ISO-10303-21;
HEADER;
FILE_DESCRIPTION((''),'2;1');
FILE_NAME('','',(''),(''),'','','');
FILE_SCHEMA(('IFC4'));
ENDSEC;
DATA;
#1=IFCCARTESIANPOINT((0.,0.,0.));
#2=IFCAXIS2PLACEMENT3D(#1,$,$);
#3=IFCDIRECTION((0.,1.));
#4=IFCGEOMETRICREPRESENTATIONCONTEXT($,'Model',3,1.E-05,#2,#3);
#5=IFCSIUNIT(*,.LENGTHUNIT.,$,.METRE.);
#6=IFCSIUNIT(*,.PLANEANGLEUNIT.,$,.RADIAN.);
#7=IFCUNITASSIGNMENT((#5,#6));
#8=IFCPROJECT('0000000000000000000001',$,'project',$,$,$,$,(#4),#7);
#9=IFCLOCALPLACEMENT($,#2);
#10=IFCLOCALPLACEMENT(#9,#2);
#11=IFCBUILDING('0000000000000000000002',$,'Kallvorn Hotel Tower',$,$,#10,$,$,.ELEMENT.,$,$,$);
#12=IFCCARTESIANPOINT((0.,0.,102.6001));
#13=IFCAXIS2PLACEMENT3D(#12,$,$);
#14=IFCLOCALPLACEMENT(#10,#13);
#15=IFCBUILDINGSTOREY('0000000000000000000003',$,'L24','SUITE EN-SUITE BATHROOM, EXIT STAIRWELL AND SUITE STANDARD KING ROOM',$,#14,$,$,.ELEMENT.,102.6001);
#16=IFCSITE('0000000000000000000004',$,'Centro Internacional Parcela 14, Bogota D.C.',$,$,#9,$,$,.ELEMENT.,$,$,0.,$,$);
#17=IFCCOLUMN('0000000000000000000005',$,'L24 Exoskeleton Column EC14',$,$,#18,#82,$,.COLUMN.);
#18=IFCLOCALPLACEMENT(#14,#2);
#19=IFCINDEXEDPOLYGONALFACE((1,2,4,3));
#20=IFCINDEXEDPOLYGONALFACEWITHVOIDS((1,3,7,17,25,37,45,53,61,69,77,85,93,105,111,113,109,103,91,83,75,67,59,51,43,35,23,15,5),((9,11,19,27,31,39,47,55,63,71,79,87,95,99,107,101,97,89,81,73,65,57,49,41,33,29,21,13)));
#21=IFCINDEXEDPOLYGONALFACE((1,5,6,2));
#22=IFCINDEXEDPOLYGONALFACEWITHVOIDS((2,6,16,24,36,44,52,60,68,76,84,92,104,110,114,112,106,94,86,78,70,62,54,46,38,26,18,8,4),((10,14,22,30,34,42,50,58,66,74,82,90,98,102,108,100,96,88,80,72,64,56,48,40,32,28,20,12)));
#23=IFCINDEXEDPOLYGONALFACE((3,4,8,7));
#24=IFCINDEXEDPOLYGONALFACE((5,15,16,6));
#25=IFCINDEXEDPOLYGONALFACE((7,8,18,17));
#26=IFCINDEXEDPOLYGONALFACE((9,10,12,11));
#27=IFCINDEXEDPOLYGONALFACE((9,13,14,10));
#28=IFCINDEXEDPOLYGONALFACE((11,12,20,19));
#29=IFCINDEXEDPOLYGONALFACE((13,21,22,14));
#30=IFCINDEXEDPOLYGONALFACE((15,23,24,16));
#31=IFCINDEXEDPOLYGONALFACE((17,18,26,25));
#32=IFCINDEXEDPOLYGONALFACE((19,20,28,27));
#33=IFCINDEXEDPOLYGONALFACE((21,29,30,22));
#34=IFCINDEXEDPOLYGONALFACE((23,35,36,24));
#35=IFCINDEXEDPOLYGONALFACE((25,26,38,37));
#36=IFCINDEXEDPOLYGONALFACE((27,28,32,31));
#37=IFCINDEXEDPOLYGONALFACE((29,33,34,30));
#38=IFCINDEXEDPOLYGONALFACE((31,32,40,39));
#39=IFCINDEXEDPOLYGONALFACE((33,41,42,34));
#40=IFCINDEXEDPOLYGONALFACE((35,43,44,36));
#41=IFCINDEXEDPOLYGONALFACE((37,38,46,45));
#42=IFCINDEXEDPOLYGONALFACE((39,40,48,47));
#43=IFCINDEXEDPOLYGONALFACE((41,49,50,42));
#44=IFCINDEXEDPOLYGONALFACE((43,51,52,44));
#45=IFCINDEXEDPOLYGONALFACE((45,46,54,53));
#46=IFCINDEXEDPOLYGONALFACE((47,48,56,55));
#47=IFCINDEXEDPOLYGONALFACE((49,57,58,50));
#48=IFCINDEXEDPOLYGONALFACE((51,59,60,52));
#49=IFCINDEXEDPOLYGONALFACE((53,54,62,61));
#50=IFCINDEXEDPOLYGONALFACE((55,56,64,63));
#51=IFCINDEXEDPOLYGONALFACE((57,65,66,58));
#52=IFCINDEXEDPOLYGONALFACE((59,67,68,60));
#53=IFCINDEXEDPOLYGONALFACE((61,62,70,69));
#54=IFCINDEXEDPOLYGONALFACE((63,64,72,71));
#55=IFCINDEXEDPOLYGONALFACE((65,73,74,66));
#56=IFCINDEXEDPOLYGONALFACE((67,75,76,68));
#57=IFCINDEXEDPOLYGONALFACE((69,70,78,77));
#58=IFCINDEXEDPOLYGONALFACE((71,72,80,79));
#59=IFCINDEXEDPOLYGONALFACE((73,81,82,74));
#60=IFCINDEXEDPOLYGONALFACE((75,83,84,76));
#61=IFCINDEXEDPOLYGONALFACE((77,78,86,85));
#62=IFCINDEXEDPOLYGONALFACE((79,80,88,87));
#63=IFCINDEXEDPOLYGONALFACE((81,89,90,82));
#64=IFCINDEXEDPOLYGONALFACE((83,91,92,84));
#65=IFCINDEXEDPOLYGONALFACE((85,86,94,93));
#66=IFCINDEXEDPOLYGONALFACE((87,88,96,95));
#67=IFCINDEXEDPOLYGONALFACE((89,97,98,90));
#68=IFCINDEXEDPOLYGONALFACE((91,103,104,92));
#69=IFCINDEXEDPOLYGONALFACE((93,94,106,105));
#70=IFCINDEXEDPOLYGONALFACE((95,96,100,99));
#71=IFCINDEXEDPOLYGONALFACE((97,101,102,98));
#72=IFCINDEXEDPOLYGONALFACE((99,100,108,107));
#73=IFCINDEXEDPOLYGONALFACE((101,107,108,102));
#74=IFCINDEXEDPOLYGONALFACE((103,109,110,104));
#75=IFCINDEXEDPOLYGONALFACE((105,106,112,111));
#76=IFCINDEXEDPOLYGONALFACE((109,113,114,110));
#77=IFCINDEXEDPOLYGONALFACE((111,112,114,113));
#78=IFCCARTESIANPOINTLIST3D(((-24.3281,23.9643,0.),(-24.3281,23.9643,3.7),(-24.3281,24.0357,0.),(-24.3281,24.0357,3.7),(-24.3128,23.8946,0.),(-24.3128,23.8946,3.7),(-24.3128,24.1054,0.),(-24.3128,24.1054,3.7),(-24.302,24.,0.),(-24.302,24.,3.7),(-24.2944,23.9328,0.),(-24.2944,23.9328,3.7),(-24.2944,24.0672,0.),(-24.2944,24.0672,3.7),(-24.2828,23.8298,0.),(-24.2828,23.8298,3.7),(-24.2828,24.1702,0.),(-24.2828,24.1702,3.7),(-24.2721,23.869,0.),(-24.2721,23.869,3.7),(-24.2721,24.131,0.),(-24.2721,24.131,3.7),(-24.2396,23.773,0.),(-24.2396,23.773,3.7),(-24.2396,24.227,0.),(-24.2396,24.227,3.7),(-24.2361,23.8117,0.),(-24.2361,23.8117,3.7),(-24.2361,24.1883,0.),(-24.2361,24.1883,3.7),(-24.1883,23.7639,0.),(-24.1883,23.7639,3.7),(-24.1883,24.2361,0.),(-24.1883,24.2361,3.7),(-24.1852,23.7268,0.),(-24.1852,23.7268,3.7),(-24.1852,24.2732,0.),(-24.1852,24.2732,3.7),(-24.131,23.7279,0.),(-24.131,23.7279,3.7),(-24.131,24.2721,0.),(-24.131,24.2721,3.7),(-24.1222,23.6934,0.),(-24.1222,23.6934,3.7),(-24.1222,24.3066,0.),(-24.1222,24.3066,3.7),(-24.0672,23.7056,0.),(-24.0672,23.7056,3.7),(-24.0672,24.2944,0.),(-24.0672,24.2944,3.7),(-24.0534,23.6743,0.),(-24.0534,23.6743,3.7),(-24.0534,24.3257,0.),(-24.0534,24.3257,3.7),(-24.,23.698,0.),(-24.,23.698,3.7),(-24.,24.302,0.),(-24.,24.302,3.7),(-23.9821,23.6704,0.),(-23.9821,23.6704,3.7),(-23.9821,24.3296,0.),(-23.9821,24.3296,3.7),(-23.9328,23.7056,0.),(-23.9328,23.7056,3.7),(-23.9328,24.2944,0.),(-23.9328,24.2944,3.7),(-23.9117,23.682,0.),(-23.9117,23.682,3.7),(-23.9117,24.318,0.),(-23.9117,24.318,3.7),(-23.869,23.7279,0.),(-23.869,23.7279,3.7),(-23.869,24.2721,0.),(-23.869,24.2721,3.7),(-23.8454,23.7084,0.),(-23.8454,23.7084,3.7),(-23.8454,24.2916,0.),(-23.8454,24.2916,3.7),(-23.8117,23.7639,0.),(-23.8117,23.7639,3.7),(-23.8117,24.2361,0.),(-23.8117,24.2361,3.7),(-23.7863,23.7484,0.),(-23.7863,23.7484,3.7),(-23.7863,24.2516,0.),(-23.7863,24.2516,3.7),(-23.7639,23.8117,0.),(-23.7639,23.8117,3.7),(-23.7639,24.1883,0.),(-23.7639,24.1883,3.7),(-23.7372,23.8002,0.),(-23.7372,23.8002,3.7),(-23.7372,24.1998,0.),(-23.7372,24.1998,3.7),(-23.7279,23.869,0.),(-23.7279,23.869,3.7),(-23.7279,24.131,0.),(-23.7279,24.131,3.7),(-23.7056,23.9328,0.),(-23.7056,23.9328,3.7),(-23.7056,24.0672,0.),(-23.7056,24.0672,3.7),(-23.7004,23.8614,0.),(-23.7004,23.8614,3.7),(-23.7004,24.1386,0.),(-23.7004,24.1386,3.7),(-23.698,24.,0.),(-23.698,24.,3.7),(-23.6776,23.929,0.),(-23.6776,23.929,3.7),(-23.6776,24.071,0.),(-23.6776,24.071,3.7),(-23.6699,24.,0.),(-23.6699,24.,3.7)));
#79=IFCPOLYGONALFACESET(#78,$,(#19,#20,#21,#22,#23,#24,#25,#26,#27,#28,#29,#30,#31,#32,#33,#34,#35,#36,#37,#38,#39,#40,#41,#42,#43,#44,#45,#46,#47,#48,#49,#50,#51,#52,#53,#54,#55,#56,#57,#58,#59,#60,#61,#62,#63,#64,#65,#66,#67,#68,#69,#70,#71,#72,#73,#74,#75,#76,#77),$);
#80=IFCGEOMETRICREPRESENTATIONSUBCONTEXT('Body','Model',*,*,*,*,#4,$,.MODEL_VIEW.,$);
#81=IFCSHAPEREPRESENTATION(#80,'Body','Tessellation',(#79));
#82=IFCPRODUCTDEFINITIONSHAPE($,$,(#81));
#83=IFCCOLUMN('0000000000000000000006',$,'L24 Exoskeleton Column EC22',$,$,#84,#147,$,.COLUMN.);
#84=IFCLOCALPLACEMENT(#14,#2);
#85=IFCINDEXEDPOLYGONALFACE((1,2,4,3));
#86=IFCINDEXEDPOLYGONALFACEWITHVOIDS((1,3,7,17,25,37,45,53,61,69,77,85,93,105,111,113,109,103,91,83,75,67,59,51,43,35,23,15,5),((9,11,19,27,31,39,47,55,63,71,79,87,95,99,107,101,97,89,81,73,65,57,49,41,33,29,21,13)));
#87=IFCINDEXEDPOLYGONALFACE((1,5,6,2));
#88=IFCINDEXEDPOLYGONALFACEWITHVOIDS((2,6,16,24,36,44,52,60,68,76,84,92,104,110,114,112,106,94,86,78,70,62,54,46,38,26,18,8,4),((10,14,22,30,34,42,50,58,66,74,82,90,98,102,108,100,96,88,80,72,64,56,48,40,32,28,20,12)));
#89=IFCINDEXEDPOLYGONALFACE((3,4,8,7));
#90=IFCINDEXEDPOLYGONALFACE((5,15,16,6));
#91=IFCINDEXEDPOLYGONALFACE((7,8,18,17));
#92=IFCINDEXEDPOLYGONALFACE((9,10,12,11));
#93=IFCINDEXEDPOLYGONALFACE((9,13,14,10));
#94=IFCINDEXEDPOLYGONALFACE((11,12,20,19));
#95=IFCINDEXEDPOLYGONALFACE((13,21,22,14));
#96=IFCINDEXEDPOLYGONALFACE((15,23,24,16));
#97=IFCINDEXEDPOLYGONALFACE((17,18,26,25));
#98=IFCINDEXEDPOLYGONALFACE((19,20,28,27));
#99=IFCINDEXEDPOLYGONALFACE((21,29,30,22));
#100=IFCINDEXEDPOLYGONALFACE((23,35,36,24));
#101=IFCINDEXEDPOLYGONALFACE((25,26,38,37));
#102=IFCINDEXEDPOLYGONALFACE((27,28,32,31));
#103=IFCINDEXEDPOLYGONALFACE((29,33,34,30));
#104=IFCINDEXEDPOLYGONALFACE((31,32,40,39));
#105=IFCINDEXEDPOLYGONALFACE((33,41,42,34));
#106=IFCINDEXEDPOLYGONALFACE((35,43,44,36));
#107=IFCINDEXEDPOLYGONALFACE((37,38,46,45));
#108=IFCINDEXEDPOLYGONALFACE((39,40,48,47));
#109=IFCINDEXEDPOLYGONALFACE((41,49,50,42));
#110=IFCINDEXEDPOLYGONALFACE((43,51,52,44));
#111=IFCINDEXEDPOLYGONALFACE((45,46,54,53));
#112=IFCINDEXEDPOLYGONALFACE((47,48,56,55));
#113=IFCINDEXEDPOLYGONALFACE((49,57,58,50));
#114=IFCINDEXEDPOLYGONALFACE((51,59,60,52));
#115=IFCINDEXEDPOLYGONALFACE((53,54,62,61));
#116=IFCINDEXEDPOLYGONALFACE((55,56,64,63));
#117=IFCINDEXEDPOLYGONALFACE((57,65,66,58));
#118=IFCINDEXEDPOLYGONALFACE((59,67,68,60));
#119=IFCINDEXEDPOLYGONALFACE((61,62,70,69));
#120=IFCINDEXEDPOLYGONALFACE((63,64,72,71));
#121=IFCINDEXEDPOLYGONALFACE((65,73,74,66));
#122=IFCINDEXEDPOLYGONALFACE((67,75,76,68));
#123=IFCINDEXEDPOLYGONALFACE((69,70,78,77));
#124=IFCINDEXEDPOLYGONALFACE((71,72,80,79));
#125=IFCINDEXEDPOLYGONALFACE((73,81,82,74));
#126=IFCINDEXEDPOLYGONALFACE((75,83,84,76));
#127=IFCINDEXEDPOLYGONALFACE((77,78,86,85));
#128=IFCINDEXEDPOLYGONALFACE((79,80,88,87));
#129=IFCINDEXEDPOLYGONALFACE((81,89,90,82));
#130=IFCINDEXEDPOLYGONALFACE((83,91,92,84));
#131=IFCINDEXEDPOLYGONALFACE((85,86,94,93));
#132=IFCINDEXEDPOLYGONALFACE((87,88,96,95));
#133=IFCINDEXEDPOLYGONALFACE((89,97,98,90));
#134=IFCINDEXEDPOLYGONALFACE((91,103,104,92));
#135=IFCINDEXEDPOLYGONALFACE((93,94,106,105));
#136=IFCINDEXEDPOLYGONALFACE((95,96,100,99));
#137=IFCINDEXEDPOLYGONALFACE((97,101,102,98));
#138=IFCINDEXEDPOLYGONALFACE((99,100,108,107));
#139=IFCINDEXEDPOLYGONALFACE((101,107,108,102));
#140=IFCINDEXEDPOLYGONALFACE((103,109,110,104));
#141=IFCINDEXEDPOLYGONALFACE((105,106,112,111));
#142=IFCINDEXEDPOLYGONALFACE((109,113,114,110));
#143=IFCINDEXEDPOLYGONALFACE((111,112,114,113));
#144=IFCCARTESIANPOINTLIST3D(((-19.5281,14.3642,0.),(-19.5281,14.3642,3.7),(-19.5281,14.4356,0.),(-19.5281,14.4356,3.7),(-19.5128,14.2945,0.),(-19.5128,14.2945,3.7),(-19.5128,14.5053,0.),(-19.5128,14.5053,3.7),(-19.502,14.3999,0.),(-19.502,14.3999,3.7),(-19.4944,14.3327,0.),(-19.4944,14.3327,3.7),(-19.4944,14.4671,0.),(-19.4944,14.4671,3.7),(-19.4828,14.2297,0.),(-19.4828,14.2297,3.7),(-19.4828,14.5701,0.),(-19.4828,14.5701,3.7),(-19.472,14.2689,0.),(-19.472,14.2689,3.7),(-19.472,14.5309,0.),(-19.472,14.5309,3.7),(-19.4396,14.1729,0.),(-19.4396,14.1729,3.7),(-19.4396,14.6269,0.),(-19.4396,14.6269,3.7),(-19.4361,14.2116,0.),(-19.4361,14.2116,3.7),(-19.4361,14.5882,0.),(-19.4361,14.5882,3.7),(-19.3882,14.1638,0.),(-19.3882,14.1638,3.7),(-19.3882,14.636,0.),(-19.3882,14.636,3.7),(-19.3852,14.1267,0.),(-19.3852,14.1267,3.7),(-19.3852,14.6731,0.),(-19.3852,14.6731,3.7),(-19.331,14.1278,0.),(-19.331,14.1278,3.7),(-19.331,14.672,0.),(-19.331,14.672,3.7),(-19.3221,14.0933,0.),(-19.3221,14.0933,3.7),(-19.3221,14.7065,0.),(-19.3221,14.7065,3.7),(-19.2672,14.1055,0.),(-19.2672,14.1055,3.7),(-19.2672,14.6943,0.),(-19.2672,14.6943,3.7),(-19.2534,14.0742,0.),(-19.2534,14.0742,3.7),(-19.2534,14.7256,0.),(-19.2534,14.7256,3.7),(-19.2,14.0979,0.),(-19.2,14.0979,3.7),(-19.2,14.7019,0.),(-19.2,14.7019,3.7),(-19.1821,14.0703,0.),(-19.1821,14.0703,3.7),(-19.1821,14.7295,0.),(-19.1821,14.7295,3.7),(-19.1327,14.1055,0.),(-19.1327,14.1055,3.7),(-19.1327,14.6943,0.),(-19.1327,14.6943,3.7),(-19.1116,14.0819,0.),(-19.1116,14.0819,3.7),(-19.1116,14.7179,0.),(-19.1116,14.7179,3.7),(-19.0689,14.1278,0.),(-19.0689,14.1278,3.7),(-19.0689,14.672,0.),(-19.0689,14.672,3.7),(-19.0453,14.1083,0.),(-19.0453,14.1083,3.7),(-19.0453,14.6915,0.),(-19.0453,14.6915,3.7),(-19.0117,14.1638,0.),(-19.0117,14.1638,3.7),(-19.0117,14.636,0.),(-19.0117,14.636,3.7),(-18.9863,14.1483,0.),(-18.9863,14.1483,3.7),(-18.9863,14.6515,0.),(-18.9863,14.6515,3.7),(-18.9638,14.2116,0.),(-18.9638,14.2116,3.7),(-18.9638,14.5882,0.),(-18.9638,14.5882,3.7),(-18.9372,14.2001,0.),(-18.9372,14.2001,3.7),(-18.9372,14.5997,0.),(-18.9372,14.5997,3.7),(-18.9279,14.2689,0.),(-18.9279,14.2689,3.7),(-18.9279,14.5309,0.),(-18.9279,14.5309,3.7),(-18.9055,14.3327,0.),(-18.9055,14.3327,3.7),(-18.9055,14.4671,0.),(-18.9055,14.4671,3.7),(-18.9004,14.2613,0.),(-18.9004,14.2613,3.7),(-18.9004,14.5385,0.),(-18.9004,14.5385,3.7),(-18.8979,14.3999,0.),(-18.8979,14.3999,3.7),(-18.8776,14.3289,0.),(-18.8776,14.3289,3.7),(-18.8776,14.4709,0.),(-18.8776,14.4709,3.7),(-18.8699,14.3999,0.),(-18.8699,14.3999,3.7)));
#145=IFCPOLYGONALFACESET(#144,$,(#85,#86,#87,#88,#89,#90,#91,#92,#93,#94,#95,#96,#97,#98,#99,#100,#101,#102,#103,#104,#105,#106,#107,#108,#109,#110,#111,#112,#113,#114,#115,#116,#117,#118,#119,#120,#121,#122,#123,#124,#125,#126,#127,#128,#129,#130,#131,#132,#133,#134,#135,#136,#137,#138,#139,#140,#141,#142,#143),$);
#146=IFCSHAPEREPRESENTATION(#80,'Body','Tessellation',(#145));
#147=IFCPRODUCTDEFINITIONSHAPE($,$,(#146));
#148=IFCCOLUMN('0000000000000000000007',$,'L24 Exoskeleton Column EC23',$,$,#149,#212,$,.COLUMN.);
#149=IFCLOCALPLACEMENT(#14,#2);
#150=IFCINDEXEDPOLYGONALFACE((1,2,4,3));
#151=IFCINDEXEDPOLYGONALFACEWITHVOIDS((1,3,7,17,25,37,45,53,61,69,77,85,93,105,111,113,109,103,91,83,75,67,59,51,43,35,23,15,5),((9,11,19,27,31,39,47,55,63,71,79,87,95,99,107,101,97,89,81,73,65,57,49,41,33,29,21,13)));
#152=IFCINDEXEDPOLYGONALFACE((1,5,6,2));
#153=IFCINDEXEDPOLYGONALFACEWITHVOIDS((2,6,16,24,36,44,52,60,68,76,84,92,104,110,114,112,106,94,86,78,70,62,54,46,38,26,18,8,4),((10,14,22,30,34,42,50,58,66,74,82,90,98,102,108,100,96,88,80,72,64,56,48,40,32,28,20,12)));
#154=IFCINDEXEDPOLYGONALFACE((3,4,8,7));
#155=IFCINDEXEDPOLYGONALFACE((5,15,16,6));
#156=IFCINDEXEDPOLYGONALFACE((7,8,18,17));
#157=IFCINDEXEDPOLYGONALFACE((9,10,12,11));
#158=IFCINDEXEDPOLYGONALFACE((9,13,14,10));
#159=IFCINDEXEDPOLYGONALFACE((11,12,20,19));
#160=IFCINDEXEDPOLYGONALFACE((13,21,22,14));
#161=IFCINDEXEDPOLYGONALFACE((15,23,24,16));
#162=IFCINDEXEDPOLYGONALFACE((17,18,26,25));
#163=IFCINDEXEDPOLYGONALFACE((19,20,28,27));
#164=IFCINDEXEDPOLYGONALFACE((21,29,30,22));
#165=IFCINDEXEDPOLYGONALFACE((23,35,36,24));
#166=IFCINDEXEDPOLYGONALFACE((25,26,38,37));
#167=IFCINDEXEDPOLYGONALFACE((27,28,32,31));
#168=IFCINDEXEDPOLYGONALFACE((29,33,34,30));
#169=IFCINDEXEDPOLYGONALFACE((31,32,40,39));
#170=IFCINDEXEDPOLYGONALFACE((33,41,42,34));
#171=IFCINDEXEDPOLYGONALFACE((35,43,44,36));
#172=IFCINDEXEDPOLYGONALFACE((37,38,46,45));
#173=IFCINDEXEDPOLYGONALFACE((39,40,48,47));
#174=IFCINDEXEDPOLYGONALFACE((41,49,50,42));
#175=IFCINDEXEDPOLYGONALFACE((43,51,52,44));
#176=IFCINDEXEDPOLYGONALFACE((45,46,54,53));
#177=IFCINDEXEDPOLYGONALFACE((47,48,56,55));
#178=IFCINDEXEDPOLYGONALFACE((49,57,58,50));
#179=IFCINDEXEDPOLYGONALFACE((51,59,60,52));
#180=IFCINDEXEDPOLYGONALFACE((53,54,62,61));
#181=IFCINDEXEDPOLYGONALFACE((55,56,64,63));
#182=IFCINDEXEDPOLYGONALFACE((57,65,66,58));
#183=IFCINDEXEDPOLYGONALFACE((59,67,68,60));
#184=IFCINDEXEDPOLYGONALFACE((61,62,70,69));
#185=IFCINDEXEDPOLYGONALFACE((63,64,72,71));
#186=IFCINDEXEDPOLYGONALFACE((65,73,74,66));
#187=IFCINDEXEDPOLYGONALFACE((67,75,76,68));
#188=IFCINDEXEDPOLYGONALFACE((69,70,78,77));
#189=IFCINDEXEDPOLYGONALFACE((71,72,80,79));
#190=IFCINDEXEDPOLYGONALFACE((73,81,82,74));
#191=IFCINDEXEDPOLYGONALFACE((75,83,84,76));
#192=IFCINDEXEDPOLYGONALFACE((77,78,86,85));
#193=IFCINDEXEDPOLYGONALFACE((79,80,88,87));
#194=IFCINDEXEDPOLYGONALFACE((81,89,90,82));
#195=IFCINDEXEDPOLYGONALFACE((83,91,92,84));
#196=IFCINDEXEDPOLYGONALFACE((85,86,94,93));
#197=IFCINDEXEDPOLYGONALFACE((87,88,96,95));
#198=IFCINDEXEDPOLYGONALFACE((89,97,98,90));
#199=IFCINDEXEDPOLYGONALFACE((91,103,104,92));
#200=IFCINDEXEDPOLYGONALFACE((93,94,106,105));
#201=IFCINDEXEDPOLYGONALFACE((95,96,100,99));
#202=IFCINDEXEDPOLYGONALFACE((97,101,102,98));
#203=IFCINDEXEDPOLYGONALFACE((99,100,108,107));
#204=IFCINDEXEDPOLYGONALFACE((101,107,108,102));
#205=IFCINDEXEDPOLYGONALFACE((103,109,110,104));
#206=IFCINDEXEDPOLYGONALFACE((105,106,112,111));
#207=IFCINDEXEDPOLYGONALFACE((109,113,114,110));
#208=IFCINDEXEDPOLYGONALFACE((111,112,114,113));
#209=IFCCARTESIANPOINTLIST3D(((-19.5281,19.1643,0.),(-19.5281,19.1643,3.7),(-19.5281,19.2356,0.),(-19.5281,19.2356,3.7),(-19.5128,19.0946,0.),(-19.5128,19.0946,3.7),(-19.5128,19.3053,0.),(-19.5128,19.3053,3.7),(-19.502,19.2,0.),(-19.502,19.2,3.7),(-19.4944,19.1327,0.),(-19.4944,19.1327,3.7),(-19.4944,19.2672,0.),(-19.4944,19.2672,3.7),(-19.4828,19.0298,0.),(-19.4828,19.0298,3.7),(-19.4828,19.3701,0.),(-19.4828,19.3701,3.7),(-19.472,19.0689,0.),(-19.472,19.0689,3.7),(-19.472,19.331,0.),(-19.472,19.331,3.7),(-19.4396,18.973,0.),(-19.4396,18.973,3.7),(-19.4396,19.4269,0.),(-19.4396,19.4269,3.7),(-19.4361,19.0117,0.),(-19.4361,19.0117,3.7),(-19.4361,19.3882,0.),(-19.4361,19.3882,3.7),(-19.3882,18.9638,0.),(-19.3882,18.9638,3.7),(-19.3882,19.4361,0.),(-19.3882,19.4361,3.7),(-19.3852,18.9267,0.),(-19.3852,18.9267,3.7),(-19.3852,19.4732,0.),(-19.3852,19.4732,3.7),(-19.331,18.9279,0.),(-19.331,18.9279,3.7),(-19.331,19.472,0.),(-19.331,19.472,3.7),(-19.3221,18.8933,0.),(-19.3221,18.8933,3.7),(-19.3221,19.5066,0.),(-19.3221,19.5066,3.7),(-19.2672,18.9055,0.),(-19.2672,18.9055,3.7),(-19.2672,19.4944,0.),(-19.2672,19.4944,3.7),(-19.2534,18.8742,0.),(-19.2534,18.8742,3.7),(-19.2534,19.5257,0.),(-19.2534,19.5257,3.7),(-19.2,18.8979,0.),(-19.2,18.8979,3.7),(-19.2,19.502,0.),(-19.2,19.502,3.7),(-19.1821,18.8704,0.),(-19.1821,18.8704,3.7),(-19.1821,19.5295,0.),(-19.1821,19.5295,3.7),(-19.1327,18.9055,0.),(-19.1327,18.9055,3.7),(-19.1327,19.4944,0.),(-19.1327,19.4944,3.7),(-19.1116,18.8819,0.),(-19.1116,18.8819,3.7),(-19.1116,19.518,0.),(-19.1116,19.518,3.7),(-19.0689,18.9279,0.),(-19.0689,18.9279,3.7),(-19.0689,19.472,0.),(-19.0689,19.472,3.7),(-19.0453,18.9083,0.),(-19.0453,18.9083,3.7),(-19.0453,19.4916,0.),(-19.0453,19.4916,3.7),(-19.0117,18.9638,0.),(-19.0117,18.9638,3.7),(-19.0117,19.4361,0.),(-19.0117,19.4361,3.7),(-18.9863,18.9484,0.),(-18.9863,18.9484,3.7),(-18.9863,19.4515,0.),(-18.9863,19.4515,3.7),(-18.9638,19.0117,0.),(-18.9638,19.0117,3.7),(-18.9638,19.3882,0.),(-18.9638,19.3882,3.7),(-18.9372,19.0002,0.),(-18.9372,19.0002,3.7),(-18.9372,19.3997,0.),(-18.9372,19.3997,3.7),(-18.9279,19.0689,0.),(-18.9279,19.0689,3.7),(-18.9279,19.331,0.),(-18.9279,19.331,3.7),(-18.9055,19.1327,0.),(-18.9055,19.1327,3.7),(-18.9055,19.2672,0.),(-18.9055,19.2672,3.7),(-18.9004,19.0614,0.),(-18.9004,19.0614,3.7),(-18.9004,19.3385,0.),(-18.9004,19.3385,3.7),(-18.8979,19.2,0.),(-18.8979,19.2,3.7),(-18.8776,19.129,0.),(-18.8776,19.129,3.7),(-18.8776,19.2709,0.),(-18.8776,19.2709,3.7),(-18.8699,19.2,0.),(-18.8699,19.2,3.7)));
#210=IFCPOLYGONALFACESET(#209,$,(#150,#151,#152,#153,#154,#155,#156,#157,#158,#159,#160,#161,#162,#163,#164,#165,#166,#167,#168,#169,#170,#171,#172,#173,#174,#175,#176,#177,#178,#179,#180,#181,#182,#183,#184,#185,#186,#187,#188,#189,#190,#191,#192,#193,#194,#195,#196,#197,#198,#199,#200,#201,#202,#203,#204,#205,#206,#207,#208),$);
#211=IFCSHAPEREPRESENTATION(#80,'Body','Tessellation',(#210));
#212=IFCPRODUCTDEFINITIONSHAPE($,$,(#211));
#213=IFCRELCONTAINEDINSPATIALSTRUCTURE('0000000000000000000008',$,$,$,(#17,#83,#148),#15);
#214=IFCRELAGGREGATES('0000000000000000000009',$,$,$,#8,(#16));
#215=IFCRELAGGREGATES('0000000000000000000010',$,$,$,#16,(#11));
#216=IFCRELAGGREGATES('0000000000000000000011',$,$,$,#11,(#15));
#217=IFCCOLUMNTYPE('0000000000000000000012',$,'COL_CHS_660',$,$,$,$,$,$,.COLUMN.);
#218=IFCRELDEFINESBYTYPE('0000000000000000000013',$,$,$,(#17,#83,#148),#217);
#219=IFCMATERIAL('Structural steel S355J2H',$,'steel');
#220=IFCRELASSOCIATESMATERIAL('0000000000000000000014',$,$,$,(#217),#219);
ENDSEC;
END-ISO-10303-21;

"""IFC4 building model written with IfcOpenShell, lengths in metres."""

from ifc_helpers import new_model, si_unit, direction, frame, origin, origin_2d, place, context, subcontext, project, spatial, hollow_circle, extrude, material, material_profile, profile_set, type_object, element, save


model = new_model("IFC4")

# Units and contexts
model_context = context("Model", 3, precision=1e-05, world=origin(), true_north=direction((0.0, 1.0)))
body_context = subcontext(model_context, "Body", "Model", "MODEL_VIEW")
ifc_project = project(units=[si_unit("LENGTHUNIT", "METRE"), si_unit("PLANEANGLEUNIT", "RADIAN")], contexts=[model_context])

# Site, building, storey
site_placement = place(None, origin())
site = spatial("IfcSite", under=ifc_project, at=site_placement, Name="Centro Internacional Parcela 14, Bogota D.C.", CompositionType="ELEMENT", RefElevation=0.0)
building_placement = place(site_placement, origin())
building = spatial("IfcBuilding", under=site, at=building_placement, Name="Kallvorn Hotel Tower", CompositionType="ELEMENT")
storey_placement = place(building_placement, frame((0.0, 0.0, 102.6001)))
storey = spatial("IfcBuildingStorey", under=building, at=storey_placement, Name="L24", Description="SUITE EN-SUITE BATHROOM, EXIT STAIRWELL AND SUITE STANDARD KING ROOM", CompositionType="ELEMENT", Elevation=102.6001)

# Columns
ifc_material_1 = material(Name="Structural steel S355J2H", Category="steel")
ifc_material_profile_1 = material_profile(ifc_material_1, hollow_circle(Radius=0.3301, WallThickness=0.0281, at=origin_2d()), Name="CHS 660x28")
ifc_profile_set_1 = profile_set([ifc_material_profile_1], Name="Structural steel S355J2H")
column_type_1 = type_object("IfcColumnType", Name="COL_CHS_660", PredefinedType="COLUMN", material=ifc_profile_set_1)
for number, where, z_axis, x_axis, name in (
    (1, (-24.0, 24.0, 0.0), (0.0, 0.0, 1.0), (1.0, 0.0, 0.0), "L24 Exoskeleton Column EC14"),
    (2, (-19.2, 14.3999, 0.0), (0.0, 0.0, 1.0), (1.0, 0.0, 0.0), "L24 Exoskeleton Column EC22"),
    (3, (-19.2, 19.2, 0.0), (0.0, 0.0, 1.0), (1.0, 0.0, 0.0), "L24 Exoskeleton Column EC23"),
):
    element("IfcColumn", number, at=place(storey_placement, frame(where, z_axis=z_axis, x_axis=x_axis)), inside=storey, type_object=column_type_1, Name=name, PredefinedType="COLUMN", context=body_context, shape_type="SweptSolid", body=[
        extrude(hollow_circle(Radius=0.3301, WallThickness=0.0281, at=origin_2d()), origin(), (0.0, 0.0, 1.0), 3.7),
    ])

save(model, "model.ifc")
